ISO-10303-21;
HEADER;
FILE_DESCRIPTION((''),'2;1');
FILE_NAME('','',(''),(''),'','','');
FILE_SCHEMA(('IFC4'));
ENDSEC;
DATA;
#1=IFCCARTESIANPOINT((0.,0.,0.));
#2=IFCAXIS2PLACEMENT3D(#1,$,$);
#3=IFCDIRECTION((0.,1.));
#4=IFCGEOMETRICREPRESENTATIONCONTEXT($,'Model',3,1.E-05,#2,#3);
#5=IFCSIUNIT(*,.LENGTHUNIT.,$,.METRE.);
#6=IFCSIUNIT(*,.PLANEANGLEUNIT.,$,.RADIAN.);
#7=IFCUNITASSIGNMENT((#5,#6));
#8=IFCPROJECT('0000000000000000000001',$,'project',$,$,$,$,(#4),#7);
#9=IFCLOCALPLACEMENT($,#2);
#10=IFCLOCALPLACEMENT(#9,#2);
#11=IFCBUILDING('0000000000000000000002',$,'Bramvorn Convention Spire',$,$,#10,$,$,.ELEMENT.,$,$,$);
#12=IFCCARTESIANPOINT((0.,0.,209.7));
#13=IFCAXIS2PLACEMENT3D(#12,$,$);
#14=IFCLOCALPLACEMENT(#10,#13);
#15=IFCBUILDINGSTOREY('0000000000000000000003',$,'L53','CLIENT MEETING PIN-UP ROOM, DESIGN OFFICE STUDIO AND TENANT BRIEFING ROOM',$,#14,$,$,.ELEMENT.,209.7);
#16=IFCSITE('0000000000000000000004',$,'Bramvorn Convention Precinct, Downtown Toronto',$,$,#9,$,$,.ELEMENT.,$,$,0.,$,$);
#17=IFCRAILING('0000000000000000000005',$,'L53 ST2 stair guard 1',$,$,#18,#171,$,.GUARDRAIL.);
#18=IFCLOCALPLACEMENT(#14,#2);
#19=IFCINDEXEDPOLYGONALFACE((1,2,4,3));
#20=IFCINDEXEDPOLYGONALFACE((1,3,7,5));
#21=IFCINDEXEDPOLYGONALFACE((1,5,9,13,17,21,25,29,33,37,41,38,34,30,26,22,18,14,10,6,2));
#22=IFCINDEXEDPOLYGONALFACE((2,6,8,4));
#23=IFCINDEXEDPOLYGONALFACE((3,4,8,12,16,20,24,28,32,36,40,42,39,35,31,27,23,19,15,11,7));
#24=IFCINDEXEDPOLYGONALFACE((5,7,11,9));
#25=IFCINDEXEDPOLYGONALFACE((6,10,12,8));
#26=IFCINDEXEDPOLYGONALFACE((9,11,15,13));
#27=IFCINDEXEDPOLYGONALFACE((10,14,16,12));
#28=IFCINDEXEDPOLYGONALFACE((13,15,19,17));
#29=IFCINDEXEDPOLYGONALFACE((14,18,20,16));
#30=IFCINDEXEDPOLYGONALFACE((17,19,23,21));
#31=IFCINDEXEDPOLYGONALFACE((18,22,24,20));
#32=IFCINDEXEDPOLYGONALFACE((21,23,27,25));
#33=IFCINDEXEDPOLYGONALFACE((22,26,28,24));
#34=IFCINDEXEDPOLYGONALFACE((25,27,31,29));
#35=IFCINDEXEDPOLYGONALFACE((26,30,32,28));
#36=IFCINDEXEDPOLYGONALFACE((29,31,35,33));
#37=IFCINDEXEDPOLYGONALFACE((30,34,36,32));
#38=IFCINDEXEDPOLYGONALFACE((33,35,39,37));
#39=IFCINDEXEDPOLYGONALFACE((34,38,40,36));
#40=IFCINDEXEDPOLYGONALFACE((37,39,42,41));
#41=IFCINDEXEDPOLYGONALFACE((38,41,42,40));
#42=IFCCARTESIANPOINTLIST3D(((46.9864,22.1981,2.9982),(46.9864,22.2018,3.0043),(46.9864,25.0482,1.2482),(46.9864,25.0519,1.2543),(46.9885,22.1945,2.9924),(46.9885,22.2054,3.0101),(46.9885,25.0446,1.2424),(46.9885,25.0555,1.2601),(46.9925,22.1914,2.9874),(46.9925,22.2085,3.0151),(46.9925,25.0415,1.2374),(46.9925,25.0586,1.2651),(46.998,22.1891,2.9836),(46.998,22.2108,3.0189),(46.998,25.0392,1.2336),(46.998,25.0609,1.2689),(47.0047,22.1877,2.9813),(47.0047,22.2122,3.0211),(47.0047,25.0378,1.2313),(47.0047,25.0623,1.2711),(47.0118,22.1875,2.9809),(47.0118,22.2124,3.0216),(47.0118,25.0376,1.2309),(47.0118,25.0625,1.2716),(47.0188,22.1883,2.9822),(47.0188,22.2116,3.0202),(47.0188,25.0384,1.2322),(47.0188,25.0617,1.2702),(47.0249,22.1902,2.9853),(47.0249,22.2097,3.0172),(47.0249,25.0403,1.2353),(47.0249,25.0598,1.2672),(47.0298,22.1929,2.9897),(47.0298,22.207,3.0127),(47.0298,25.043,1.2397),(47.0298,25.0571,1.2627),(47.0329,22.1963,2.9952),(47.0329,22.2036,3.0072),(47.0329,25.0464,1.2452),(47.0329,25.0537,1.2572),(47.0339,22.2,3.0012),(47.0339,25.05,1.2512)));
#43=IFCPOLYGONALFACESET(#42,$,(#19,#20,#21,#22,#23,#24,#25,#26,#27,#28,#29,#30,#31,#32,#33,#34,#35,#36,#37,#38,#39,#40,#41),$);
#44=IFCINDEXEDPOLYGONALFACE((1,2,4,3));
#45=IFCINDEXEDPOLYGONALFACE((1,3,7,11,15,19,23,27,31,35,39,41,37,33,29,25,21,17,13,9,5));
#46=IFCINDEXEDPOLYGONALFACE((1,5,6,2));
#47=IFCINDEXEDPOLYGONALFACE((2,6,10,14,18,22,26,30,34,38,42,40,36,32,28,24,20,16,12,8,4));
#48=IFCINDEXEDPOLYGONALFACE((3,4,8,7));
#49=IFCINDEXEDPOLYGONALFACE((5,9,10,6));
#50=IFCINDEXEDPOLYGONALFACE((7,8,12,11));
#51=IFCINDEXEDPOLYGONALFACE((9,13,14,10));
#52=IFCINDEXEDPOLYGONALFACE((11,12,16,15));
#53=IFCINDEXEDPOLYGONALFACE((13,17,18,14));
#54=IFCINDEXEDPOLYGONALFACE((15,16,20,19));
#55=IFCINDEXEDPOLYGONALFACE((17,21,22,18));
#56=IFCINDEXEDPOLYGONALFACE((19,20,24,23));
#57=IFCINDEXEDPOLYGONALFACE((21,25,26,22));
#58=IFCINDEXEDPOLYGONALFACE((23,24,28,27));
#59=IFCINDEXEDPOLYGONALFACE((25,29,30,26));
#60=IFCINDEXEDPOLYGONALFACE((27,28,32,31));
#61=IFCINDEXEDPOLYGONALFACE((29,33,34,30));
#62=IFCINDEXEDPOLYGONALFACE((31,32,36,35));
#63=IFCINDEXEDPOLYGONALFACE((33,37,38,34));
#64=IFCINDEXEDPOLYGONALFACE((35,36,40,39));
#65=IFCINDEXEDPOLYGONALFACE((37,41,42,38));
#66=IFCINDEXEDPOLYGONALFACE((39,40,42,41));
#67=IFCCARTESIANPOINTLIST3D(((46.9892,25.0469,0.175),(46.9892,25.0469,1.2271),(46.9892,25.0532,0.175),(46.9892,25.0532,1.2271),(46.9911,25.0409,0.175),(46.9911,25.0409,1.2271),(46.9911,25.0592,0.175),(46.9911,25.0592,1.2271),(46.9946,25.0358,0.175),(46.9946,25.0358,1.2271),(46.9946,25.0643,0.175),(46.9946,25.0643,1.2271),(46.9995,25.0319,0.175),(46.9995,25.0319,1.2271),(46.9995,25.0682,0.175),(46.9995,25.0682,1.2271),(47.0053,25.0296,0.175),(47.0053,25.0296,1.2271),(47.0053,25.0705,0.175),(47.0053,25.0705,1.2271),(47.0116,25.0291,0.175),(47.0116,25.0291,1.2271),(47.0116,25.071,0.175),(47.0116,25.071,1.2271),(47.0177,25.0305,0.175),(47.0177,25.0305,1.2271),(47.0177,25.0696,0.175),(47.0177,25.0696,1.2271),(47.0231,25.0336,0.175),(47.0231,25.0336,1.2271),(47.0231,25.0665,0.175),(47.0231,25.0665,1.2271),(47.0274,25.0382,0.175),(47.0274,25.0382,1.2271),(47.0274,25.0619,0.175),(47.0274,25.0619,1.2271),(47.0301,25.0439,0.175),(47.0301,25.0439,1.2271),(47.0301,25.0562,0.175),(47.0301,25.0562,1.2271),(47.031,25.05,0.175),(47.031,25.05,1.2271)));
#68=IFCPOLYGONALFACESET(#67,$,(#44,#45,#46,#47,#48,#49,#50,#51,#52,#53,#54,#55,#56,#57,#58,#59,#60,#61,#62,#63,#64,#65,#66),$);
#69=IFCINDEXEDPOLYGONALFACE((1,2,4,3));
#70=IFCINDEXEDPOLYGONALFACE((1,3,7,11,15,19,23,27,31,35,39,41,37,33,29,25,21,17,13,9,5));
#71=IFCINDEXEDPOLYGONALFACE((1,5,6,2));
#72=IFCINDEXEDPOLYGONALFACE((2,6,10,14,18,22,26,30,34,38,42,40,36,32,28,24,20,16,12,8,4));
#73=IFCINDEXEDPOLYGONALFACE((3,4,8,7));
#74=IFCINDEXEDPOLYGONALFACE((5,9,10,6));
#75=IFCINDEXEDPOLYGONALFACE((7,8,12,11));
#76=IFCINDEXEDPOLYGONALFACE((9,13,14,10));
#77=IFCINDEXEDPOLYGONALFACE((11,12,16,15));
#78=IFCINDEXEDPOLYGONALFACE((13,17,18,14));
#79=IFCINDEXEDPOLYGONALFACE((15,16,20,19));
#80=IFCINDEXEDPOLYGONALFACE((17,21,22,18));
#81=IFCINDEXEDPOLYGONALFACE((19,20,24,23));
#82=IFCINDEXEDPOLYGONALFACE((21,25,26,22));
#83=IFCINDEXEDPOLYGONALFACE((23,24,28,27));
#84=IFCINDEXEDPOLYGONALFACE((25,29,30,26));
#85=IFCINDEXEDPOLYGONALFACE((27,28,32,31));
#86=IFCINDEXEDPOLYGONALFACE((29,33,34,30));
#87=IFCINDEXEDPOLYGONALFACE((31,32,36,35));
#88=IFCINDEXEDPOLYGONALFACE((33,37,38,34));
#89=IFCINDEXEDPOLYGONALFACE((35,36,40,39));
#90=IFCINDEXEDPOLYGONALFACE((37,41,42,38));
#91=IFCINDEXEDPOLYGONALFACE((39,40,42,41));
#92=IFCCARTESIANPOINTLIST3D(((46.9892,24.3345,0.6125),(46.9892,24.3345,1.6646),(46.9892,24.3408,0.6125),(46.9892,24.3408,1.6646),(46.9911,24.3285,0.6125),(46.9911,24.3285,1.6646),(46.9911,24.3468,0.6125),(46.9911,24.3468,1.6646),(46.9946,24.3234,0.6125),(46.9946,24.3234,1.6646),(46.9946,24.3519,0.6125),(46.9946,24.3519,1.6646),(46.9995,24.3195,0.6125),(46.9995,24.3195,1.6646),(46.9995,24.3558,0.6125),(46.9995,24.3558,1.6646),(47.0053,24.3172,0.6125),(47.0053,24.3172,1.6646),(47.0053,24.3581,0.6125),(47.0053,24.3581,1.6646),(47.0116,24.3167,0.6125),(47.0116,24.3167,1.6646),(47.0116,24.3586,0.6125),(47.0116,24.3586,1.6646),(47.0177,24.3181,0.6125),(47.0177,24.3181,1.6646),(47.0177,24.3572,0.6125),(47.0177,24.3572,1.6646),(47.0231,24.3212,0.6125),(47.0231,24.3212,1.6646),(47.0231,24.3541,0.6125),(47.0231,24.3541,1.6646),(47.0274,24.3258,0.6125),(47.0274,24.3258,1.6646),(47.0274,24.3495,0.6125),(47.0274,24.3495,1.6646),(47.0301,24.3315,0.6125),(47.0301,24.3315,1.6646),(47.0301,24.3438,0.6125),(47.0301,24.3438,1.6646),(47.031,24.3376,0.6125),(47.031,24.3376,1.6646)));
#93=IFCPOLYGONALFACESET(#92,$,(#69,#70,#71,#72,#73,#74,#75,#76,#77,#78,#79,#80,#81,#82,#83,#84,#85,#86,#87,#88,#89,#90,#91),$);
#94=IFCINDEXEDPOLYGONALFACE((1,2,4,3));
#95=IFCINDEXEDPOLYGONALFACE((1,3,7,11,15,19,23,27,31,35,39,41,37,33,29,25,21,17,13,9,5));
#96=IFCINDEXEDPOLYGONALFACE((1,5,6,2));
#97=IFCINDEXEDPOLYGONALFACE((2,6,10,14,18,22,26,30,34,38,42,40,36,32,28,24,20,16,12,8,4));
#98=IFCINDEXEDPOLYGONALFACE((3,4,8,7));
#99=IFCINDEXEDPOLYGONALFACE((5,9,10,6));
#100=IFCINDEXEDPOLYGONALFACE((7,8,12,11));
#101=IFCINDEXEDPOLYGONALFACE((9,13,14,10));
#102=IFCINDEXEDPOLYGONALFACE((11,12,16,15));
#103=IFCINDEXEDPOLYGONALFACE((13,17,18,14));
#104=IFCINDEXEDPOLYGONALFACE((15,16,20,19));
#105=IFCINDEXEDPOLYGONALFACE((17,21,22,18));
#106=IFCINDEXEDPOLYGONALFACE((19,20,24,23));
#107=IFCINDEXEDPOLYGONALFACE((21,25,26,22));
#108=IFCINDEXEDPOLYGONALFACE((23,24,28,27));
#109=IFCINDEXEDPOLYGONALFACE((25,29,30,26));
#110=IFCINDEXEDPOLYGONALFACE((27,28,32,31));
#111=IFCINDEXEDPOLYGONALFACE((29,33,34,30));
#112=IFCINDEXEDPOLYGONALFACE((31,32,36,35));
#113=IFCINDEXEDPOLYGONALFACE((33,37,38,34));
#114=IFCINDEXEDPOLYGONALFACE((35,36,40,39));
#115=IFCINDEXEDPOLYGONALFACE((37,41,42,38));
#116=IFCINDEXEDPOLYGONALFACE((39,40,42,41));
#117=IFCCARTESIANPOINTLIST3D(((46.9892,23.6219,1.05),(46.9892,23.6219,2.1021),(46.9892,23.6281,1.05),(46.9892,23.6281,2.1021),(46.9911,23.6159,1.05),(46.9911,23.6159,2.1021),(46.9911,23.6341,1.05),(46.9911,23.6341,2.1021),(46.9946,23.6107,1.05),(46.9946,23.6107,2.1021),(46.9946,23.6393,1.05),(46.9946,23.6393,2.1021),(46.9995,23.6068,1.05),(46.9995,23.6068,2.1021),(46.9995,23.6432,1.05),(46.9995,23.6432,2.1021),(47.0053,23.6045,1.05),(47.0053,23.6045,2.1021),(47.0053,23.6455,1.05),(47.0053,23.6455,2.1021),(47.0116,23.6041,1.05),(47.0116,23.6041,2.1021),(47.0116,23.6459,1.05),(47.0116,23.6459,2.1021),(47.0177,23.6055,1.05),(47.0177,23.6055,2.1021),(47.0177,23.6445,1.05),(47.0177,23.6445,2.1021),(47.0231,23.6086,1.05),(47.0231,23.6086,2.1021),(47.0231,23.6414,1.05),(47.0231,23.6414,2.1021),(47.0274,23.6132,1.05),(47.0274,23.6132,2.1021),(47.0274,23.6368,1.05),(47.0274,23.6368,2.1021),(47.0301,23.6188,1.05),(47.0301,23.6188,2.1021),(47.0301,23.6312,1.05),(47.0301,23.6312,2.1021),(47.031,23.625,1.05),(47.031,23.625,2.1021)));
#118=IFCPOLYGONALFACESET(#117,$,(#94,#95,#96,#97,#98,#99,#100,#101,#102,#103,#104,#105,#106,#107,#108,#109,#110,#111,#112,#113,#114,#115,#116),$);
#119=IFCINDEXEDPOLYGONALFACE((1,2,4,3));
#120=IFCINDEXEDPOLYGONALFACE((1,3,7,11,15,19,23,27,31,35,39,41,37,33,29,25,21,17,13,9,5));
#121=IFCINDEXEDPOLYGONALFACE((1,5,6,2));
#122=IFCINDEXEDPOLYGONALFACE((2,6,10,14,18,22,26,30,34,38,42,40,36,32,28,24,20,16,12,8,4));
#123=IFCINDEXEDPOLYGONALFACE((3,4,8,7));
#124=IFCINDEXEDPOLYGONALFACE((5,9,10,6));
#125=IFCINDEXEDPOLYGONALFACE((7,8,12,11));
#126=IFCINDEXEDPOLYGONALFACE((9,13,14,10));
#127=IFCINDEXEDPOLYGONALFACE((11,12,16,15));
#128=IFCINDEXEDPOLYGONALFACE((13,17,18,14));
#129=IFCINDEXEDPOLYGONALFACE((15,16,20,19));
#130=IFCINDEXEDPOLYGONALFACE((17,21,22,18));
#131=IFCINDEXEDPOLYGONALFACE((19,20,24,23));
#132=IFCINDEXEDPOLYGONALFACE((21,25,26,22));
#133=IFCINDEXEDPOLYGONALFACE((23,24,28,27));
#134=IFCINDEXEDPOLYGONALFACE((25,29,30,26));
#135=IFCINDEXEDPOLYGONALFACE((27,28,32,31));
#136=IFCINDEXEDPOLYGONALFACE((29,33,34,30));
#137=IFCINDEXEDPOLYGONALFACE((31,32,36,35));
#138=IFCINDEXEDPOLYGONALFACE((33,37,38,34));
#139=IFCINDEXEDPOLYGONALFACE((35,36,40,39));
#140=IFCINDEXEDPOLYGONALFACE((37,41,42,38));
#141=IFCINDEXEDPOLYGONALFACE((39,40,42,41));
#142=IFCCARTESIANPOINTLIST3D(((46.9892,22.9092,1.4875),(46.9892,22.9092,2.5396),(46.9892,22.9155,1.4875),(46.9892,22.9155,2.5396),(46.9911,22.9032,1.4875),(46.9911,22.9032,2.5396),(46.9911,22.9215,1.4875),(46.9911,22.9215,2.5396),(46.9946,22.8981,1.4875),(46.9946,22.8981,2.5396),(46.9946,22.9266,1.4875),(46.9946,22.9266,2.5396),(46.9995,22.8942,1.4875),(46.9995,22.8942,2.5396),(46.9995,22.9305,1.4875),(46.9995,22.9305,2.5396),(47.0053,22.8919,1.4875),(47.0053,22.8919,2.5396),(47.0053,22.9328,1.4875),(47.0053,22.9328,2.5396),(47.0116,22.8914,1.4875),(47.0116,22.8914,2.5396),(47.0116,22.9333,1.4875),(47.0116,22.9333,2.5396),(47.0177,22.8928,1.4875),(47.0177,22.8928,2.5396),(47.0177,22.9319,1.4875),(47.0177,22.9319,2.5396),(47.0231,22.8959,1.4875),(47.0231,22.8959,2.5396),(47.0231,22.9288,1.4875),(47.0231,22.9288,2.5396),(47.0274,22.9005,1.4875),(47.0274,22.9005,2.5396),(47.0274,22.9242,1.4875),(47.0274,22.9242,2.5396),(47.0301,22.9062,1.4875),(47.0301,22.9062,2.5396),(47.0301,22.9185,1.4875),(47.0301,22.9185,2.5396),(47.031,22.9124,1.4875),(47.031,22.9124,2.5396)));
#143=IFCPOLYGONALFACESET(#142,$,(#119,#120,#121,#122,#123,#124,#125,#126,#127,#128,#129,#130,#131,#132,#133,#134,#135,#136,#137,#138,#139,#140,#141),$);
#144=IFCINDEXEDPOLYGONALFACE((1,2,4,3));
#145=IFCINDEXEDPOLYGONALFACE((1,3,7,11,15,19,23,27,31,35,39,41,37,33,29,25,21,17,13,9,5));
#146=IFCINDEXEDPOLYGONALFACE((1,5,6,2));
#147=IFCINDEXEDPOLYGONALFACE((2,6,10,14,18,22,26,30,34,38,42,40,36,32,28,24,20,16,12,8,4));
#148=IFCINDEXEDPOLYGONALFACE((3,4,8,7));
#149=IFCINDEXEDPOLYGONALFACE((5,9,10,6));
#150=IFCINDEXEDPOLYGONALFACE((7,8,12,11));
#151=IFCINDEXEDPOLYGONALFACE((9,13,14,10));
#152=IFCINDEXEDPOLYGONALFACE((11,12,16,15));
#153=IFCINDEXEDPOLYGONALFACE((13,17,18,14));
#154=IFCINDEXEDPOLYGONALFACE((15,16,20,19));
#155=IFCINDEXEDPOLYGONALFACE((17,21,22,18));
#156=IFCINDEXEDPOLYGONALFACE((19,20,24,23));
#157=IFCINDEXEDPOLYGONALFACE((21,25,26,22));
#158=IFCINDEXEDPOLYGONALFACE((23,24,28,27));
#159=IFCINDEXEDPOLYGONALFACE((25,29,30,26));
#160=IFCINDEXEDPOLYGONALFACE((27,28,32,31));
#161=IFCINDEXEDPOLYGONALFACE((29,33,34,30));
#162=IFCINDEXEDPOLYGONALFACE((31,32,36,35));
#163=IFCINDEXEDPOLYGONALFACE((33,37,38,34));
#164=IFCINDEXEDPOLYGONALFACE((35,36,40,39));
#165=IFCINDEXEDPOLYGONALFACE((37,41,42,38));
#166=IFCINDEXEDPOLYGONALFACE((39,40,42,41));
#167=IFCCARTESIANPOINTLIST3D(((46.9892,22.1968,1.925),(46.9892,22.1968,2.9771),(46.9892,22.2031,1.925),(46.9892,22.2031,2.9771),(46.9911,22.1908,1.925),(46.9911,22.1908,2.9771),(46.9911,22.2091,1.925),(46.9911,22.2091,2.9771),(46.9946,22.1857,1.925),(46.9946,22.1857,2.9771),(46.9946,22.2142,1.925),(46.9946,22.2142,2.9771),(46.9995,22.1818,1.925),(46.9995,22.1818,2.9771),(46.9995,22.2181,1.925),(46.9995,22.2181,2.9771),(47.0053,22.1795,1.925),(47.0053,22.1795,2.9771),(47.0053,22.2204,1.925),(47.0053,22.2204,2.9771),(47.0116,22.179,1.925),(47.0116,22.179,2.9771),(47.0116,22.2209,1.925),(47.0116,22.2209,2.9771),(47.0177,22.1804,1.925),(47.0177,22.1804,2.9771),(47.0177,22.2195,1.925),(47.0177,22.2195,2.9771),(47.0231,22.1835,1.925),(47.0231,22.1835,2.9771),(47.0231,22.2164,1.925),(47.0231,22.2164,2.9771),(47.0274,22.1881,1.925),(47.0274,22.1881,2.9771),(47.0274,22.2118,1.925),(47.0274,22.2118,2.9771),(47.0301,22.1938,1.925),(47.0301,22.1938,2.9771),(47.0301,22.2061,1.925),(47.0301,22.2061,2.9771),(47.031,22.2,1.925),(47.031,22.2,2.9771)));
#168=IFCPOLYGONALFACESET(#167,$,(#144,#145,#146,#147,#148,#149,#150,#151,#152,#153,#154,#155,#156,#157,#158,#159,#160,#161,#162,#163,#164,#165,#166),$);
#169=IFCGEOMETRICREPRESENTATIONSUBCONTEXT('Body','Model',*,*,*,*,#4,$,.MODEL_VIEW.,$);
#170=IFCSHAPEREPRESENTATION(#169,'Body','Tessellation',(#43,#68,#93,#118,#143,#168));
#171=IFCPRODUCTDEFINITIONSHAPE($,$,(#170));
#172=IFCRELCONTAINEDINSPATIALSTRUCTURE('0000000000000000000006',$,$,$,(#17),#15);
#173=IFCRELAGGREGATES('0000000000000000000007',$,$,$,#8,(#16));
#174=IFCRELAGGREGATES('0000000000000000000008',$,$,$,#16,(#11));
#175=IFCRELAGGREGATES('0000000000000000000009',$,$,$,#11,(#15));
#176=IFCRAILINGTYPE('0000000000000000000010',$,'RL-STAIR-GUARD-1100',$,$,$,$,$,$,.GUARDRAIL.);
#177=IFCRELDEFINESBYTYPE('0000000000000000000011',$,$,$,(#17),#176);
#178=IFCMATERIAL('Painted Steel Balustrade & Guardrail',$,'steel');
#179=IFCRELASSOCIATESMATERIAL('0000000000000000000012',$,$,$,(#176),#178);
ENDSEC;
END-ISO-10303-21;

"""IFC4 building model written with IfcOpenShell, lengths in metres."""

from ifc_helpers import new_model, si_unit, direction, frame, origin, origin_2d, place, context, subcontext, project, spatial, circle, extrude, material, type_object, element, save


model = new_model("IFC4")

# Units and contexts
model_context = context("Model", 3, precision=1e-05, world=origin(), true_north=direction((0.0, 1.0)))
body_context = subcontext(model_context, "Body", "Model", "MODEL_VIEW")
ifc_project = project(units=[si_unit("LENGTHUNIT", "METRE"), si_unit("PLANEANGLEUNIT", "RADIAN")], contexts=[model_context])

# Site, building, storey
site_placement = place(None, origin())
site = spatial("IfcSite", under=ifc_project, at=site_placement, Name="Bramvorn Convention Precinct, Downtown Toronto", CompositionType="ELEMENT", RefElevation=0.0)
building_placement = place(site_placement, origin())
building = spatial("IfcBuilding", under=site, at=building_placement, Name="Bramvorn Convention Spire", CompositionType="ELEMENT")
storey_placement = place(building_placement, frame((0.0, 0.0, 209.7)))
storey = spatial("IfcBuildingStorey", under=building, at=storey_placement, Name="L53", Description="CLIENT MEETING PIN-UP ROOM, DESIGN OFFICE STUDIO AND TENANT BRIEFING ROOM", CompositionType="ELEMENT", Elevation=209.7)

# Railing
ifc_material_1 = material(Name="Painted Steel Balustrade & Guardrail", Category="steel")
railing_type_1 = type_object("IfcRailingType", Name="RL-STAIR-GUARD-1100", PredefinedType="GUARDRAIL", material=ifc_material_1)
railing_1_placement = place(storey_placement, frame((47.01, 25.05, 0.175)))
element("IfcRailing", 1, at=railing_1_placement, inside=storey, type_object=railing_type_1, Name="L53 ST2 stair guard 1", PredefinedType="GUARDRAIL", context=body_context, shape_type="SweptSolid", body=[
    extrude(circle(Radius=0.0239, at=origin_2d()), frame((0.0, 0.0, 1.0762), z_axis=(0.0, -0.852179, 0.52325), x_axis=(1.0, 0.0, 0.0)), (0.0, 0.0, 1.0), 3.3445),
    extrude(circle(Radius=0.021, at=origin_2d()), origin(), (0.0, 0.0, 1.0), 1.052),
    extrude(circle(Radius=0.021, at=origin_2d()), frame((0.0, -0.7124, 0.4375)), (0.0, 0.0, 1.0), 1.052),
    extrude(circle(Radius=0.021, at=origin_2d()), frame((0.0, -1.425, 0.875)), (0.0, 0.0, 1.0), 1.052),
    extrude(circle(Radius=0.021, at=origin_2d()), frame((0.0, -2.1377, 1.3125)), (0.0, 0.0, 1.0), 1.052),
    extrude(circle(Radius=0.021, at=origin_2d()), frame((0.0, -2.8501, 1.75)), (0.0, 0.0, 1.0), 1.052),
])

save(model, "model.ifc")
